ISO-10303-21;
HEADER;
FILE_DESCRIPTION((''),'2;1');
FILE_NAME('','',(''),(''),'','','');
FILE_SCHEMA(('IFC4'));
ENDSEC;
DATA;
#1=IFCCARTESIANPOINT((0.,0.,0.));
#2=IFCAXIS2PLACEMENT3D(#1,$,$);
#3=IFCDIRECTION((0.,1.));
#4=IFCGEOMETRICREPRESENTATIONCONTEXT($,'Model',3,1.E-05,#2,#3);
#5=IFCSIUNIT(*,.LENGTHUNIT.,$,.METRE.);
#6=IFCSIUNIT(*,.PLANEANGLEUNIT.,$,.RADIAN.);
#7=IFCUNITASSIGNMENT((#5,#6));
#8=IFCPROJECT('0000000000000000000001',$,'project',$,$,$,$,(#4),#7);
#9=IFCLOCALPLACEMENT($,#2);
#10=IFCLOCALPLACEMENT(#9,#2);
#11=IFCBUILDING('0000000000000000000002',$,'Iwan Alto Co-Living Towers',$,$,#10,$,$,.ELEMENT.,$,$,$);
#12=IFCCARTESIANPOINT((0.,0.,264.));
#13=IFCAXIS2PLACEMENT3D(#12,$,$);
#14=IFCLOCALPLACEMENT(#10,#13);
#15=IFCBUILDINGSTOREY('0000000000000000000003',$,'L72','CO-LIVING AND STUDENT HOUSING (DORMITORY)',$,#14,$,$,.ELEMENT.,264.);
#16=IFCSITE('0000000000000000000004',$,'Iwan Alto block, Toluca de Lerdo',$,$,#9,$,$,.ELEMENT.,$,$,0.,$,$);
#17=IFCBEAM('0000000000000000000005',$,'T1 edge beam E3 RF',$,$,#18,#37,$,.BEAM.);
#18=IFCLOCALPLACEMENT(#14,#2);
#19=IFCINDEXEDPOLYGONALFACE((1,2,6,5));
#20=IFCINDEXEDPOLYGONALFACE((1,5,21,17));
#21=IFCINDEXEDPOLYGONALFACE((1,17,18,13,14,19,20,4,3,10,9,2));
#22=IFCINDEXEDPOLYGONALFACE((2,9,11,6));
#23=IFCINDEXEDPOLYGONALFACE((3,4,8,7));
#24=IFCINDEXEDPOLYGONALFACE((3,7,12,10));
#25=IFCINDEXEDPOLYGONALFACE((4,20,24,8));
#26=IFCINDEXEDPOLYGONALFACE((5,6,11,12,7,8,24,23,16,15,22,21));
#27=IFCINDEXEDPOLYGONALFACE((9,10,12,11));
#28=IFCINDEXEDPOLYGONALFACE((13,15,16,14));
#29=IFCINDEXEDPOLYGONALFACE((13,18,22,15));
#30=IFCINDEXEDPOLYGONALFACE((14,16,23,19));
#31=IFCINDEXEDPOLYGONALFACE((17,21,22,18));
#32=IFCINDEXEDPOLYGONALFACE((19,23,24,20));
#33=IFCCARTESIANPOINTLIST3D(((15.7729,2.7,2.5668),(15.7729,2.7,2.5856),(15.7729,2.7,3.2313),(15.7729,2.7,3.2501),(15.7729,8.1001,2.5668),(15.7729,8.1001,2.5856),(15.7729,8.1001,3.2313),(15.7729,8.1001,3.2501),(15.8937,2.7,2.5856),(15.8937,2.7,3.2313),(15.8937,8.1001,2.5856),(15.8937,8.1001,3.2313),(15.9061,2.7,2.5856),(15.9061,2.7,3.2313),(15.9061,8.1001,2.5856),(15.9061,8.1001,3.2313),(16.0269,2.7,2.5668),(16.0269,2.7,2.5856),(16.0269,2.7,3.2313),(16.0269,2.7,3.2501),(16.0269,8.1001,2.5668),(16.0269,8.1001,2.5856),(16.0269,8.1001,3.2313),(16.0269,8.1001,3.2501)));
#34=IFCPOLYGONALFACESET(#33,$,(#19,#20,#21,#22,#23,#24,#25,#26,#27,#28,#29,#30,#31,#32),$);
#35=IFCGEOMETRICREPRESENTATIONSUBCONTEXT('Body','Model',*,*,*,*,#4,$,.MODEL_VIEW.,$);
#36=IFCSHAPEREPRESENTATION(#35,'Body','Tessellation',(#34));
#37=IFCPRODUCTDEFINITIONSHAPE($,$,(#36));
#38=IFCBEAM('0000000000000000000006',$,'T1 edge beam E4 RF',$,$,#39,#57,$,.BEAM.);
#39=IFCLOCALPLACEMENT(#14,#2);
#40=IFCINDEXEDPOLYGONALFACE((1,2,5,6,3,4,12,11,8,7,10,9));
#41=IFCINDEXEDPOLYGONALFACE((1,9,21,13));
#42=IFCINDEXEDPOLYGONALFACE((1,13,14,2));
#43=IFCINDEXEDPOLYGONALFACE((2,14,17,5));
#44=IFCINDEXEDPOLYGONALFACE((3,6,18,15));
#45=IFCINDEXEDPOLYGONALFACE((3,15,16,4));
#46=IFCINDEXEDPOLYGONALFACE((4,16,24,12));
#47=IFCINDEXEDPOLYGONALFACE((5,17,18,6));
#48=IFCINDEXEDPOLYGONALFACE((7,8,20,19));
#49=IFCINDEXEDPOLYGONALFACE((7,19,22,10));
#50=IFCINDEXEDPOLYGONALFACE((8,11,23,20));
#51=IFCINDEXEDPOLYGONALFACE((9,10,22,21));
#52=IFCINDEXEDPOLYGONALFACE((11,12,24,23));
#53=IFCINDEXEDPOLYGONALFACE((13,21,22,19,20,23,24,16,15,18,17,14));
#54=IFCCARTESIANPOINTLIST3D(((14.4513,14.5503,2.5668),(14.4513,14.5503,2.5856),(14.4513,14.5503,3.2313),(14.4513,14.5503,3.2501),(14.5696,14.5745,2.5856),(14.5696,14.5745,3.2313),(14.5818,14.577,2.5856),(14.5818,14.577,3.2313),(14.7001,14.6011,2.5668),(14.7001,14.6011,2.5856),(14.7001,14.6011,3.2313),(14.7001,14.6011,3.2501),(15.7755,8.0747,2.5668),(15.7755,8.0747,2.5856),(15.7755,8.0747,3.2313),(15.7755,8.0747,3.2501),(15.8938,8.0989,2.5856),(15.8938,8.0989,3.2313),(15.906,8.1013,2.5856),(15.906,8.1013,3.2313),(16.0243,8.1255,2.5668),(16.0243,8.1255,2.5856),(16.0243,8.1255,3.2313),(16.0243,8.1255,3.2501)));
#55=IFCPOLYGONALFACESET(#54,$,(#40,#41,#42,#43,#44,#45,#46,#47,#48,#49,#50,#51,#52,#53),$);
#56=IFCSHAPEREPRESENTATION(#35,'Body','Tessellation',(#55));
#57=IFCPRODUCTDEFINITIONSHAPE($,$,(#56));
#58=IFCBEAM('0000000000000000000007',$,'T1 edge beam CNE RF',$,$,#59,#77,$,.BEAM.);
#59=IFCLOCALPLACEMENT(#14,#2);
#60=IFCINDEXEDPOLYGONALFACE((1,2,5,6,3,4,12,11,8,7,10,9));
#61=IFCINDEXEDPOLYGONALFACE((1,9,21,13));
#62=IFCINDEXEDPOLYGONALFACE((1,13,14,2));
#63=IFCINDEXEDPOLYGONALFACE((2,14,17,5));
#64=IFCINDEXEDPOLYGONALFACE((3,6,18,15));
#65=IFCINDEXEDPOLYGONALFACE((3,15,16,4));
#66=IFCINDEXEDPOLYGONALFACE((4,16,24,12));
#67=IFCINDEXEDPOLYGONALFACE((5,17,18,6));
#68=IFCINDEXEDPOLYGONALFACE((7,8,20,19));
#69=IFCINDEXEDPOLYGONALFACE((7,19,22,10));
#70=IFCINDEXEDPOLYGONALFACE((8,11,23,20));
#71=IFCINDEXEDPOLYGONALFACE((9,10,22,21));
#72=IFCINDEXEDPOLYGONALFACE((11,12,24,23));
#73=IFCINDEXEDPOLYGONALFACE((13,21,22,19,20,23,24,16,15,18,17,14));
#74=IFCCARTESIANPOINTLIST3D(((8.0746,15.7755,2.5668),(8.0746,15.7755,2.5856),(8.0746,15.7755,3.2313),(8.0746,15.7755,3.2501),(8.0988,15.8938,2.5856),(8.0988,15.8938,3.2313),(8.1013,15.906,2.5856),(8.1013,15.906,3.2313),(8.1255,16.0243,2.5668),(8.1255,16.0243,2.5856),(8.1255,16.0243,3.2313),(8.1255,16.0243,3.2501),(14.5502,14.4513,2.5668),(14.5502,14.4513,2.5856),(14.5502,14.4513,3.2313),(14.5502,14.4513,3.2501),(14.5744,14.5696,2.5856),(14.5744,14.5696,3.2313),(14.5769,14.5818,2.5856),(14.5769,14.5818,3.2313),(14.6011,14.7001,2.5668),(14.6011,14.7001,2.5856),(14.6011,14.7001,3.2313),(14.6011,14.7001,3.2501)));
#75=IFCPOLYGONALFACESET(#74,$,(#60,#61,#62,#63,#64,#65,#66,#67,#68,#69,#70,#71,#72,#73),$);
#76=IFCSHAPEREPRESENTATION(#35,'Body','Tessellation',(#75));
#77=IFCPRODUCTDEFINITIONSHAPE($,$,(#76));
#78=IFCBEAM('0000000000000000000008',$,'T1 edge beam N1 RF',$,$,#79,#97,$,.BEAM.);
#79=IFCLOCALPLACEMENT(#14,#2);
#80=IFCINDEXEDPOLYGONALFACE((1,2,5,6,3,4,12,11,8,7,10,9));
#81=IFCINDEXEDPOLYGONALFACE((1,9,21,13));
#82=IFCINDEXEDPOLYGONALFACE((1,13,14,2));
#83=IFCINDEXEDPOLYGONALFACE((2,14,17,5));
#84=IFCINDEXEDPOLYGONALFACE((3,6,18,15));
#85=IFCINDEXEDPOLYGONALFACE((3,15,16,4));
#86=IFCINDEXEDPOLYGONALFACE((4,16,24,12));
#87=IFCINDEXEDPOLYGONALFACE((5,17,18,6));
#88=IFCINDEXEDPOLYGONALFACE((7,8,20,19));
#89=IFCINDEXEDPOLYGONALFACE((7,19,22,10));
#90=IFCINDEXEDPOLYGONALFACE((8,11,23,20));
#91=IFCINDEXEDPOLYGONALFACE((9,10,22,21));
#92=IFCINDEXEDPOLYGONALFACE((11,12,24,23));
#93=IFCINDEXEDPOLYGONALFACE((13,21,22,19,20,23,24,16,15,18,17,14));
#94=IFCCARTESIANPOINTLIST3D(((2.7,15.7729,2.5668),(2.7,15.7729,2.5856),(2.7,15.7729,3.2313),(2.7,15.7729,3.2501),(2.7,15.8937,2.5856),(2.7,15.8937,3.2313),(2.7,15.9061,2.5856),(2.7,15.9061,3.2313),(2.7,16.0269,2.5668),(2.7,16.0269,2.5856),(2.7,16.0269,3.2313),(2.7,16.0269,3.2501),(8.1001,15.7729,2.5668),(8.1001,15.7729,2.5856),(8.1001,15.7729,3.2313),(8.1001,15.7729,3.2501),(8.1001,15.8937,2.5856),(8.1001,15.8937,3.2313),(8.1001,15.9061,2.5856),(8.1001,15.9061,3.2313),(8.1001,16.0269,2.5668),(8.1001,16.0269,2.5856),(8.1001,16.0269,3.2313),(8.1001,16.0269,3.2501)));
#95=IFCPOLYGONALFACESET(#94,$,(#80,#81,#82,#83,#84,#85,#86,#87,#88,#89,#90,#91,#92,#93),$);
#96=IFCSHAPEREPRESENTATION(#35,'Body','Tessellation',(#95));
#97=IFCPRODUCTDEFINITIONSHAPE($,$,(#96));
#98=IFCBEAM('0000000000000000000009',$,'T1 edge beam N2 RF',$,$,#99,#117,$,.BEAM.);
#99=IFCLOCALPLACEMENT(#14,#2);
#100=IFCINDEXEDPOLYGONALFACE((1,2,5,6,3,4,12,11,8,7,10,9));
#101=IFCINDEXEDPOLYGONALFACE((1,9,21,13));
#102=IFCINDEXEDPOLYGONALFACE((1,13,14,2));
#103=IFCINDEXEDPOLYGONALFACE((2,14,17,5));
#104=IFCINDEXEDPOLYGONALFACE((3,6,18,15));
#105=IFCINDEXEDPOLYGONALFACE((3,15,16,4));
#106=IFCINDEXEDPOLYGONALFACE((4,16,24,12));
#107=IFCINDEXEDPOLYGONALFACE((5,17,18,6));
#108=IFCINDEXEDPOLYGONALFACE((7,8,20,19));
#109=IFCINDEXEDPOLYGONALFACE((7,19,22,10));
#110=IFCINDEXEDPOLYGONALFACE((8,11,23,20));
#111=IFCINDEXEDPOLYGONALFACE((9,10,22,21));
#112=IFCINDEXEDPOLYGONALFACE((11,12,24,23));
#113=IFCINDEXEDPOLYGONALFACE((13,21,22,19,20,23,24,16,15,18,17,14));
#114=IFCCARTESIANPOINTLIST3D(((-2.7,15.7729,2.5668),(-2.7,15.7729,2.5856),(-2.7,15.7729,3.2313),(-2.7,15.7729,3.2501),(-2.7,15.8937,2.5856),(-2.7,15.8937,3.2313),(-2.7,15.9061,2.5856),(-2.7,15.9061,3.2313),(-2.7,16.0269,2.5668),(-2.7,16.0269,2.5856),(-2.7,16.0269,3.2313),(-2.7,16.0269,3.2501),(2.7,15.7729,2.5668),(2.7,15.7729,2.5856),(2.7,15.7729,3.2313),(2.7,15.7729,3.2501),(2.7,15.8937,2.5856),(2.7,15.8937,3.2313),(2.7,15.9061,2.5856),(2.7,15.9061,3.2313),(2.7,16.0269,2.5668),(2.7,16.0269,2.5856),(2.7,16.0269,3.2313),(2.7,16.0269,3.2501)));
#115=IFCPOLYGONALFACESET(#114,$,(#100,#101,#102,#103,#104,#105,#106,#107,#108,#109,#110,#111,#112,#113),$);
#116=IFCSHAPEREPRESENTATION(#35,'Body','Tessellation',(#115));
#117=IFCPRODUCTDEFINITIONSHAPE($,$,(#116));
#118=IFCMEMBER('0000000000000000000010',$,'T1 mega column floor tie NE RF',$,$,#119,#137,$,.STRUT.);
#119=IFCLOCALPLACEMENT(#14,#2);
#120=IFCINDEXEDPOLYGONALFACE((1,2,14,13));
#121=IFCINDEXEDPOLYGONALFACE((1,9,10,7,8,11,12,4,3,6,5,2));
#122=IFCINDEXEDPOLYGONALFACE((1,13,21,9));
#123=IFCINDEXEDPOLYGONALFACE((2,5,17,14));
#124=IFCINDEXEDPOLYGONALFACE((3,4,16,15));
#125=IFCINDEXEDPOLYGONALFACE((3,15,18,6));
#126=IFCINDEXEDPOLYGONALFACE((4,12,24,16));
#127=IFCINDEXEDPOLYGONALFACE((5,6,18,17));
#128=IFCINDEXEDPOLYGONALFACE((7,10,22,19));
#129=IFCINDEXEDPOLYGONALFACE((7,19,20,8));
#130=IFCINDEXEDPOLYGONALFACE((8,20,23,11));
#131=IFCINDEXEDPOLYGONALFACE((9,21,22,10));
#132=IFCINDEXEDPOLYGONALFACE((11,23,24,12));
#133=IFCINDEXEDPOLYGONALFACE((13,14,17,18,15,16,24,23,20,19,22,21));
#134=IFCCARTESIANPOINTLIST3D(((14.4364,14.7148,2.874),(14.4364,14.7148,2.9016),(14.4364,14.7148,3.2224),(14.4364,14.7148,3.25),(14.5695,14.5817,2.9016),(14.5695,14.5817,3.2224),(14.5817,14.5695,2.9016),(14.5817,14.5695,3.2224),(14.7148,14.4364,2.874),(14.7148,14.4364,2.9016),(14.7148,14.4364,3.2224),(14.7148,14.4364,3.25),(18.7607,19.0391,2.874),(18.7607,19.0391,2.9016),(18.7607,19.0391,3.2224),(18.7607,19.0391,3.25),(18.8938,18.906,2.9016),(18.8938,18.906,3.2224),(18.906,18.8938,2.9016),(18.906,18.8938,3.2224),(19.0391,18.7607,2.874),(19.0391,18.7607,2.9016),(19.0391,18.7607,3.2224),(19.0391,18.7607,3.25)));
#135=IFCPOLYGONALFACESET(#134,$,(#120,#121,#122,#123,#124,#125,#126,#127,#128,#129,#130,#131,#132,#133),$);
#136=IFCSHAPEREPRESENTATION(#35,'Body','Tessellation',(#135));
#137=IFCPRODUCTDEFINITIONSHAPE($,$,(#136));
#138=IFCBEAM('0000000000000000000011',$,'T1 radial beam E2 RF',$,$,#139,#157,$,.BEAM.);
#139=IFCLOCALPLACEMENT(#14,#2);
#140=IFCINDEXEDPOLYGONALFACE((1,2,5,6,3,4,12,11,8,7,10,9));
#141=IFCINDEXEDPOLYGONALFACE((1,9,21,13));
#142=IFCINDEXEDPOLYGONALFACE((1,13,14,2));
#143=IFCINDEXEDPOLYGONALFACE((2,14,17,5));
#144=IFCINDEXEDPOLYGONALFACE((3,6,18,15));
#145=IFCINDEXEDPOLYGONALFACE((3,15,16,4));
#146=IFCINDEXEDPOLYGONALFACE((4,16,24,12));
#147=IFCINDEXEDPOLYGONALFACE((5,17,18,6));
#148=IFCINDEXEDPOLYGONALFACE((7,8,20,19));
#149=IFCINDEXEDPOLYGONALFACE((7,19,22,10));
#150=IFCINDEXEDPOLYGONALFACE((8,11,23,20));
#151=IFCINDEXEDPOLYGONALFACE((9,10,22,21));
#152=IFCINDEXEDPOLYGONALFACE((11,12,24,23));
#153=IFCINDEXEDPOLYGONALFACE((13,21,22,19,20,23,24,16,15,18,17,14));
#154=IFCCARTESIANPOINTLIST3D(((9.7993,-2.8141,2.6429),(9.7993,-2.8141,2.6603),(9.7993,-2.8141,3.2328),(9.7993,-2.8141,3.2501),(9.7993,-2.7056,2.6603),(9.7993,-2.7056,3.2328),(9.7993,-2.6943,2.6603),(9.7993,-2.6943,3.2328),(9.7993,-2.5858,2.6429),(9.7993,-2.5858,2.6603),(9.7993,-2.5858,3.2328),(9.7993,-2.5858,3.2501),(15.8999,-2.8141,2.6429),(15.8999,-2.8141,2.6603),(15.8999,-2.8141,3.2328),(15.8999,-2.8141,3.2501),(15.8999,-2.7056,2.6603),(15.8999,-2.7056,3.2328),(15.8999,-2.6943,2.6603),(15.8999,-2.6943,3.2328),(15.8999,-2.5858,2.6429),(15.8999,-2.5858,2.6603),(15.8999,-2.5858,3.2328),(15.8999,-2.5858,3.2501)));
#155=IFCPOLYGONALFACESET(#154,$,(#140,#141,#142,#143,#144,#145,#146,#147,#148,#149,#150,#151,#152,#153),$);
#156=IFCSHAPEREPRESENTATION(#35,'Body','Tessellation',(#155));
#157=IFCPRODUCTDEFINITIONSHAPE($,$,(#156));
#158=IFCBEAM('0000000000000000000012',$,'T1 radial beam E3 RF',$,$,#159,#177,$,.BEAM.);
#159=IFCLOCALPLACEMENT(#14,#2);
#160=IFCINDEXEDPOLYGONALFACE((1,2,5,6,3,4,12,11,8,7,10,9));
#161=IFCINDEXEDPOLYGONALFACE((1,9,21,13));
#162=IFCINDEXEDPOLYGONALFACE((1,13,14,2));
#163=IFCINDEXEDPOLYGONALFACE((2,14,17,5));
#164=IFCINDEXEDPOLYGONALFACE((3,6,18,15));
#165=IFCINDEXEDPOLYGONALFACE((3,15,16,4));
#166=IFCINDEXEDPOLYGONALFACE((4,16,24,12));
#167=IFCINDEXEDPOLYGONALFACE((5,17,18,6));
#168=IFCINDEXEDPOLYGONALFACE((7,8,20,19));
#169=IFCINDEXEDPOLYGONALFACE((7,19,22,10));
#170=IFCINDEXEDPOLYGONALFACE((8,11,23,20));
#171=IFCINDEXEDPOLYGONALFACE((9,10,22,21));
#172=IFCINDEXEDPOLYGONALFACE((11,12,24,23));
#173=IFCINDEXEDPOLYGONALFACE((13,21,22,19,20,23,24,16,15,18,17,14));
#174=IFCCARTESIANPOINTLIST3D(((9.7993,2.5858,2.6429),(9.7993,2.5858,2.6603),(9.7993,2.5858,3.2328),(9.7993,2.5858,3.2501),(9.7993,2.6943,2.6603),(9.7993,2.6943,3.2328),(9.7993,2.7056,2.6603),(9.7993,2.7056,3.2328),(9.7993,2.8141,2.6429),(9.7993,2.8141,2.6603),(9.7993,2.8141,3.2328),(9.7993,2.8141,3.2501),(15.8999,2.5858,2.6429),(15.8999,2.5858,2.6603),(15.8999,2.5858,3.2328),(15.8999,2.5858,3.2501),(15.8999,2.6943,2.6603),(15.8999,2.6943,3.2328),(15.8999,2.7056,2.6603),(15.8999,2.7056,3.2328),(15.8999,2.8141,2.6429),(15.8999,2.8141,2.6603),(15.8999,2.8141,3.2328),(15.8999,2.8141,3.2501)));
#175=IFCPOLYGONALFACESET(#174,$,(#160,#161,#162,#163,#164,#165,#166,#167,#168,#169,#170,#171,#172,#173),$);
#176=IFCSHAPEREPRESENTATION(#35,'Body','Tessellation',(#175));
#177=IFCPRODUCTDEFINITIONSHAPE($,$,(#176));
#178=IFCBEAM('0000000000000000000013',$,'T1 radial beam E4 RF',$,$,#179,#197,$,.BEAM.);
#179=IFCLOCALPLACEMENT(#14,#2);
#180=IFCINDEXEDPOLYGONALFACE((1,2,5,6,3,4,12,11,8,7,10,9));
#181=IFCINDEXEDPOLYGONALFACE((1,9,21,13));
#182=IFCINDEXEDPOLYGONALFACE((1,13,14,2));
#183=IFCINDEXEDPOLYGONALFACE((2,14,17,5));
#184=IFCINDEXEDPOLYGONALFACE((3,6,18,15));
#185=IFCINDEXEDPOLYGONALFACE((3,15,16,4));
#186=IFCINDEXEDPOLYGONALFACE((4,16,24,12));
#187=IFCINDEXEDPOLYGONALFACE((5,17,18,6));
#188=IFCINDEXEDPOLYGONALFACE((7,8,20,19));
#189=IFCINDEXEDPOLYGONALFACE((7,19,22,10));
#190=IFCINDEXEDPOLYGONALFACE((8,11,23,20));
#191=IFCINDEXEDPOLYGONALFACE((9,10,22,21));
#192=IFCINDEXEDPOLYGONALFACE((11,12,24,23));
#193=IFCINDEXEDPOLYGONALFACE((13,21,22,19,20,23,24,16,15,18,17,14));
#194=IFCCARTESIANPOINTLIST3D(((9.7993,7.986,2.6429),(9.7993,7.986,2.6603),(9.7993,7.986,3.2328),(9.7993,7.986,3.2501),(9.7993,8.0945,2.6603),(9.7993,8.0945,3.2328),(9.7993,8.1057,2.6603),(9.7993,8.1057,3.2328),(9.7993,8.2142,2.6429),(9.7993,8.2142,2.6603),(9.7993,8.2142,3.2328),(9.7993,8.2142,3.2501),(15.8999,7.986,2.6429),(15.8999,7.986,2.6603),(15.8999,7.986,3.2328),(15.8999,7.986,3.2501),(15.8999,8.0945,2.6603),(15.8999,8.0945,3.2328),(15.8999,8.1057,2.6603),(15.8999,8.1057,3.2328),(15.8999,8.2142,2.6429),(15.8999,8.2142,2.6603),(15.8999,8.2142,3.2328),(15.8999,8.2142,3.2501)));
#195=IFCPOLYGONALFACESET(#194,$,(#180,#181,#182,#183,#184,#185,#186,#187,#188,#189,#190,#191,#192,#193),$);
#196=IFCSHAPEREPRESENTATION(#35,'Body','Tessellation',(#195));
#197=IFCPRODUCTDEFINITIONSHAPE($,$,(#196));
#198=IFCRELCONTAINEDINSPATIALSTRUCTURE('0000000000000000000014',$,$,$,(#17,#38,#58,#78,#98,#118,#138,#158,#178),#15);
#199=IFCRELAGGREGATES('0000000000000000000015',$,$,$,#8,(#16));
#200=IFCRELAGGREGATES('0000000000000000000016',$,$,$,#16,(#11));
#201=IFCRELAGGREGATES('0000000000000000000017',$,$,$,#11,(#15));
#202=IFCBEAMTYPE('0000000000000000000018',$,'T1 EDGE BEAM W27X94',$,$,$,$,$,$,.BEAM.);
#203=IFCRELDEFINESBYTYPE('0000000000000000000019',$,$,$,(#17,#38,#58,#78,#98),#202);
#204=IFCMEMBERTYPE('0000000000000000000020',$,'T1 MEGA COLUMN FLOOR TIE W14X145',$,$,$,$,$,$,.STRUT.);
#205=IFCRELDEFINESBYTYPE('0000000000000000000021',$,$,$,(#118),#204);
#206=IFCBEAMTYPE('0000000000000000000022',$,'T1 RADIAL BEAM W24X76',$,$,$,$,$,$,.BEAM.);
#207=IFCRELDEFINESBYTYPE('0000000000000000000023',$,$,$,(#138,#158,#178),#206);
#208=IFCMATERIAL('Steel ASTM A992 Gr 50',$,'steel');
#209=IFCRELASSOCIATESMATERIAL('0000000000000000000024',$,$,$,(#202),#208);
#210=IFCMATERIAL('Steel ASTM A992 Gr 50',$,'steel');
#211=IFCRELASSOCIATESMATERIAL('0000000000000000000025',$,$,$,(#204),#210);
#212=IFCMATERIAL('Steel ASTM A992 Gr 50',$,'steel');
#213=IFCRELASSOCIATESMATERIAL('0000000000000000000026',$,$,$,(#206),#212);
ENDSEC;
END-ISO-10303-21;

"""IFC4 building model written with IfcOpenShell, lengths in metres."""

from ifc_helpers import new_model, si_unit, direction, frame, origin, origin_2d, place, context, subcontext, project, spatial, i_section, extrude, material, material_profile, profile_set, type_object, element, save


model = new_model("IFC4")

# Units and contexts
model_context = context("Model", 3, precision=1e-05, world=origin(), true_north=direction((0.0, 1.0)))
body_context = subcontext(model_context, "Body", "Model", "MODEL_VIEW")
ifc_project = project(units=[si_unit("LENGTHUNIT", "METRE"), si_unit("PLANEANGLEUNIT", "RADIAN")], contexts=[model_context])

# Site, building, storey
site_placement = place(None, origin())
site = spatial("IfcSite", under=ifc_project, at=site_placement, Name="Iwan Alto block, Toluca de Lerdo", CompositionType="ELEMENT", RefElevation=0.0)
building_placement = place(site_placement, origin())
building = spatial("IfcBuilding", under=site, at=building_placement, Name="Iwan Alto Co-Living Towers", CompositionType="ELEMENT")
storey_placement = place(building_placement, frame((0.0, 0.0, 264.0)))
storey = spatial("IfcBuildingStorey", under=building, at=storey_placement, Name="L72", Description="CO-LIVING AND STUDENT HOUSING (DORMITORY)", CompositionType="ELEMENT", Elevation=264.0)

# Beams
ifc_material_1 = material(Name="Steel ASTM A992 Gr 50", Category="steel")
ifc_material_profile_1 = material_profile(ifc_material_1, i_section(OverallWidth=0.2539, OverallDepth=0.6833, WebThickness=0.0125, FlangeThickness=0.0188, at=origin_2d()), Name="W27X94")
ifc_profile_set_1 = profile_set([ifc_material_profile_1], Name="Steel ASTM A992 Gr 50")
beam_type_1 = type_object("IfcBeamType", Name="T1 EDGE BEAM W27X94", PredefinedType="BEAM", material=ifc_profile_set_1)
beam_1_placement = place(storey_placement, frame((15.8999, 2.7, 2.9084), z_axis=(0.0, 1.0, 0.0), x_axis=(-1.0, 0.0, 0.0)))
element("IfcBeam", 1, at=beam_1_placement, inside=storey, type_object=beam_type_1, Name="T1 edge beam E3 RF", PredefinedType="BEAM", context=body_context, shape_type="SweptSolid", body=[
    extrude(i_section(OverallWidth=0.2539, OverallDepth=0.6833, WebThickness=0.0125, FlangeThickness=0.0188, at=origin_2d()), origin(), (0.0, 0.0, 1.0), 5.4001),
])
for number, where, z_axis, x_axis, name in (
    (2, (15.8999, 8.1001, 2.9084), (-0.200348, 0.979725, 0.0), (-0.979725, -0.200348, 0.0), "T1 edge beam E4 RF"),
    (3, (14.5757, 14.5757, 2.9084), (-0.979725, 0.200348, 0.0), (-0.200348, -0.979725, 0.0), "T1 edge beam CNE RF"),
):
    element("IfcBeam", number, at=place(storey_placement, frame(where, z_axis=z_axis, x_axis=x_axis)), inside=storey, type_object=beam_type_1, Name=name, PredefinedType="BEAM", context=body_context, shape_type="SweptSolid", body=[
        extrude(i_section(OverallWidth=0.2539, OverallDepth=0.6833, WebThickness=0.0125, FlangeThickness=0.0188, at=origin_2d()), origin(), (0.0, 0.0, 1.0), 6.6096),
    ])
beam_2_placement = place(storey_placement, frame((8.1001, 15.8999, 2.9084), z_axis=(-1.0, 0.0, 0.0), x_axis=(0.0, -1.0, 0.0)))
element("IfcBeam", 4, at=beam_2_placement, inside=storey, type_object=beam_type_1, Name="T1 edge beam N1 RF", PredefinedType="BEAM", context=body_context, shape_type="SweptSolid", body=[
    extrude(i_section(OverallWidth=0.2539, OverallDepth=0.6833, WebThickness=0.0125, FlangeThickness=0.0188, at=origin_2d()), origin(), (0.0, 0.0, 1.0), 5.4001),
])
beam_3_placement = place(storey_placement, frame((2.7, 15.8999, 2.9084), z_axis=(-1.0, 0.0, 0.0), x_axis=(0.0, -1.0, 0.0)))
element("IfcBeam", 5, at=beam_3_placement, inside=storey, type_object=beam_type_1, Name="T1 edge beam N2 RF", PredefinedType="BEAM", context=body_context, shape_type="SweptSolid", body=[
    extrude(i_section(OverallWidth=0.2539, OverallDepth=0.6833, WebThickness=0.0125, FlangeThickness=0.0188, at=origin_2d()), origin(), (0.0, 0.0, 1.0), 5.3999),
])

# Member
ifc_material_2 = material(Name="Steel ASTM A992 Gr 50", Category="steel")
ifc_material_profile_2 = material_profile(ifc_material_2, i_section(OverallWidth=0.3938, OverallDepth=0.376, WebThickness=0.0173, FlangeThickness=0.0276, at=origin_2d()), Name="W14X145")
ifc_profile_set_2 = profile_set([ifc_material_profile_2], Name="Steel ASTM A992 Gr 50")
member_type_1 = type_object("IfcMemberType", Name="T1 MEGA COLUMN FLOOR TIE W14X145", PredefinedType="STRUT", material=ifc_profile_set_2)
member_1_placement = place(storey_placement, frame((18.8999, 18.8999, 3.062), z_axis=(-0.707107, -0.707107, 0.0), x_axis=(0.707107, -0.707107, 0.0)))
element("IfcMember", 6, at=member_1_placement, inside=storey, type_object=member_type_1, Name="T1 mega column floor tie NE RF", PredefinedType="STRUT", context=body_context, shape_type="SweptSolid", body=[
    extrude(i_section(OverallWidth=0.3938, OverallDepth=0.376, WebThickness=0.0173, FlangeThickness=0.0276, at=origin_2d()), origin(), (0.0, 0.0, 1.0), 6.1155),
])

# Beams
ifc_material_3 = material(Name="Steel ASTM A992 Gr 50", Category="steel")
ifc_material_profile_3 = material_profile(ifc_material_3, i_section(OverallWidth=0.2283, OverallDepth=0.6072, WebThickness=0.0112, FlangeThickness=0.0173, at=origin_2d()), Name="W24X76")
ifc_profile_set_3 = profile_set([ifc_material_profile_3], Name="Steel ASTM A992 Gr 50")
beam_type_2 = type_object("IfcBeamType", Name="T1 RADIAL BEAM W24X76", PredefinedType="BEAM", material=ifc_profile_set_3)
for number, where, z_axis, x_axis, name in (
    (7, (15.8999, -2.7, 2.9465), (-1.0, 0.0, 0.0), (0.0, -1.0, 0.0), "T1 radial beam E2 RF"),
    (8, (15.8999, 2.7, 2.9465), (-1.0, 0.0, 0.0), (0.0, -1.0, 0.0), "T1 radial beam E3 RF"),
    (9, (15.8999, 8.1001, 2.9465), (-1.0, 0.0, 0.0), (0.0, -1.0, 0.0), "T1 radial beam E4 RF"),
):
    element("IfcBeam", number, at=place(storey_placement, frame(where, z_axis=z_axis, x_axis=x_axis)), inside=storey, type_object=beam_type_2, Name=name, PredefinedType="BEAM", context=body_context, shape_type="SweptSolid", body=[
        extrude(i_section(OverallWidth=0.2283, OverallDepth=0.6072, WebThickness=0.0112, FlangeThickness=0.0173, at=origin_2d()), origin(), (0.0, 0.0, 1.0), 6.1006),
    ])

save(model, "model.ifc")
